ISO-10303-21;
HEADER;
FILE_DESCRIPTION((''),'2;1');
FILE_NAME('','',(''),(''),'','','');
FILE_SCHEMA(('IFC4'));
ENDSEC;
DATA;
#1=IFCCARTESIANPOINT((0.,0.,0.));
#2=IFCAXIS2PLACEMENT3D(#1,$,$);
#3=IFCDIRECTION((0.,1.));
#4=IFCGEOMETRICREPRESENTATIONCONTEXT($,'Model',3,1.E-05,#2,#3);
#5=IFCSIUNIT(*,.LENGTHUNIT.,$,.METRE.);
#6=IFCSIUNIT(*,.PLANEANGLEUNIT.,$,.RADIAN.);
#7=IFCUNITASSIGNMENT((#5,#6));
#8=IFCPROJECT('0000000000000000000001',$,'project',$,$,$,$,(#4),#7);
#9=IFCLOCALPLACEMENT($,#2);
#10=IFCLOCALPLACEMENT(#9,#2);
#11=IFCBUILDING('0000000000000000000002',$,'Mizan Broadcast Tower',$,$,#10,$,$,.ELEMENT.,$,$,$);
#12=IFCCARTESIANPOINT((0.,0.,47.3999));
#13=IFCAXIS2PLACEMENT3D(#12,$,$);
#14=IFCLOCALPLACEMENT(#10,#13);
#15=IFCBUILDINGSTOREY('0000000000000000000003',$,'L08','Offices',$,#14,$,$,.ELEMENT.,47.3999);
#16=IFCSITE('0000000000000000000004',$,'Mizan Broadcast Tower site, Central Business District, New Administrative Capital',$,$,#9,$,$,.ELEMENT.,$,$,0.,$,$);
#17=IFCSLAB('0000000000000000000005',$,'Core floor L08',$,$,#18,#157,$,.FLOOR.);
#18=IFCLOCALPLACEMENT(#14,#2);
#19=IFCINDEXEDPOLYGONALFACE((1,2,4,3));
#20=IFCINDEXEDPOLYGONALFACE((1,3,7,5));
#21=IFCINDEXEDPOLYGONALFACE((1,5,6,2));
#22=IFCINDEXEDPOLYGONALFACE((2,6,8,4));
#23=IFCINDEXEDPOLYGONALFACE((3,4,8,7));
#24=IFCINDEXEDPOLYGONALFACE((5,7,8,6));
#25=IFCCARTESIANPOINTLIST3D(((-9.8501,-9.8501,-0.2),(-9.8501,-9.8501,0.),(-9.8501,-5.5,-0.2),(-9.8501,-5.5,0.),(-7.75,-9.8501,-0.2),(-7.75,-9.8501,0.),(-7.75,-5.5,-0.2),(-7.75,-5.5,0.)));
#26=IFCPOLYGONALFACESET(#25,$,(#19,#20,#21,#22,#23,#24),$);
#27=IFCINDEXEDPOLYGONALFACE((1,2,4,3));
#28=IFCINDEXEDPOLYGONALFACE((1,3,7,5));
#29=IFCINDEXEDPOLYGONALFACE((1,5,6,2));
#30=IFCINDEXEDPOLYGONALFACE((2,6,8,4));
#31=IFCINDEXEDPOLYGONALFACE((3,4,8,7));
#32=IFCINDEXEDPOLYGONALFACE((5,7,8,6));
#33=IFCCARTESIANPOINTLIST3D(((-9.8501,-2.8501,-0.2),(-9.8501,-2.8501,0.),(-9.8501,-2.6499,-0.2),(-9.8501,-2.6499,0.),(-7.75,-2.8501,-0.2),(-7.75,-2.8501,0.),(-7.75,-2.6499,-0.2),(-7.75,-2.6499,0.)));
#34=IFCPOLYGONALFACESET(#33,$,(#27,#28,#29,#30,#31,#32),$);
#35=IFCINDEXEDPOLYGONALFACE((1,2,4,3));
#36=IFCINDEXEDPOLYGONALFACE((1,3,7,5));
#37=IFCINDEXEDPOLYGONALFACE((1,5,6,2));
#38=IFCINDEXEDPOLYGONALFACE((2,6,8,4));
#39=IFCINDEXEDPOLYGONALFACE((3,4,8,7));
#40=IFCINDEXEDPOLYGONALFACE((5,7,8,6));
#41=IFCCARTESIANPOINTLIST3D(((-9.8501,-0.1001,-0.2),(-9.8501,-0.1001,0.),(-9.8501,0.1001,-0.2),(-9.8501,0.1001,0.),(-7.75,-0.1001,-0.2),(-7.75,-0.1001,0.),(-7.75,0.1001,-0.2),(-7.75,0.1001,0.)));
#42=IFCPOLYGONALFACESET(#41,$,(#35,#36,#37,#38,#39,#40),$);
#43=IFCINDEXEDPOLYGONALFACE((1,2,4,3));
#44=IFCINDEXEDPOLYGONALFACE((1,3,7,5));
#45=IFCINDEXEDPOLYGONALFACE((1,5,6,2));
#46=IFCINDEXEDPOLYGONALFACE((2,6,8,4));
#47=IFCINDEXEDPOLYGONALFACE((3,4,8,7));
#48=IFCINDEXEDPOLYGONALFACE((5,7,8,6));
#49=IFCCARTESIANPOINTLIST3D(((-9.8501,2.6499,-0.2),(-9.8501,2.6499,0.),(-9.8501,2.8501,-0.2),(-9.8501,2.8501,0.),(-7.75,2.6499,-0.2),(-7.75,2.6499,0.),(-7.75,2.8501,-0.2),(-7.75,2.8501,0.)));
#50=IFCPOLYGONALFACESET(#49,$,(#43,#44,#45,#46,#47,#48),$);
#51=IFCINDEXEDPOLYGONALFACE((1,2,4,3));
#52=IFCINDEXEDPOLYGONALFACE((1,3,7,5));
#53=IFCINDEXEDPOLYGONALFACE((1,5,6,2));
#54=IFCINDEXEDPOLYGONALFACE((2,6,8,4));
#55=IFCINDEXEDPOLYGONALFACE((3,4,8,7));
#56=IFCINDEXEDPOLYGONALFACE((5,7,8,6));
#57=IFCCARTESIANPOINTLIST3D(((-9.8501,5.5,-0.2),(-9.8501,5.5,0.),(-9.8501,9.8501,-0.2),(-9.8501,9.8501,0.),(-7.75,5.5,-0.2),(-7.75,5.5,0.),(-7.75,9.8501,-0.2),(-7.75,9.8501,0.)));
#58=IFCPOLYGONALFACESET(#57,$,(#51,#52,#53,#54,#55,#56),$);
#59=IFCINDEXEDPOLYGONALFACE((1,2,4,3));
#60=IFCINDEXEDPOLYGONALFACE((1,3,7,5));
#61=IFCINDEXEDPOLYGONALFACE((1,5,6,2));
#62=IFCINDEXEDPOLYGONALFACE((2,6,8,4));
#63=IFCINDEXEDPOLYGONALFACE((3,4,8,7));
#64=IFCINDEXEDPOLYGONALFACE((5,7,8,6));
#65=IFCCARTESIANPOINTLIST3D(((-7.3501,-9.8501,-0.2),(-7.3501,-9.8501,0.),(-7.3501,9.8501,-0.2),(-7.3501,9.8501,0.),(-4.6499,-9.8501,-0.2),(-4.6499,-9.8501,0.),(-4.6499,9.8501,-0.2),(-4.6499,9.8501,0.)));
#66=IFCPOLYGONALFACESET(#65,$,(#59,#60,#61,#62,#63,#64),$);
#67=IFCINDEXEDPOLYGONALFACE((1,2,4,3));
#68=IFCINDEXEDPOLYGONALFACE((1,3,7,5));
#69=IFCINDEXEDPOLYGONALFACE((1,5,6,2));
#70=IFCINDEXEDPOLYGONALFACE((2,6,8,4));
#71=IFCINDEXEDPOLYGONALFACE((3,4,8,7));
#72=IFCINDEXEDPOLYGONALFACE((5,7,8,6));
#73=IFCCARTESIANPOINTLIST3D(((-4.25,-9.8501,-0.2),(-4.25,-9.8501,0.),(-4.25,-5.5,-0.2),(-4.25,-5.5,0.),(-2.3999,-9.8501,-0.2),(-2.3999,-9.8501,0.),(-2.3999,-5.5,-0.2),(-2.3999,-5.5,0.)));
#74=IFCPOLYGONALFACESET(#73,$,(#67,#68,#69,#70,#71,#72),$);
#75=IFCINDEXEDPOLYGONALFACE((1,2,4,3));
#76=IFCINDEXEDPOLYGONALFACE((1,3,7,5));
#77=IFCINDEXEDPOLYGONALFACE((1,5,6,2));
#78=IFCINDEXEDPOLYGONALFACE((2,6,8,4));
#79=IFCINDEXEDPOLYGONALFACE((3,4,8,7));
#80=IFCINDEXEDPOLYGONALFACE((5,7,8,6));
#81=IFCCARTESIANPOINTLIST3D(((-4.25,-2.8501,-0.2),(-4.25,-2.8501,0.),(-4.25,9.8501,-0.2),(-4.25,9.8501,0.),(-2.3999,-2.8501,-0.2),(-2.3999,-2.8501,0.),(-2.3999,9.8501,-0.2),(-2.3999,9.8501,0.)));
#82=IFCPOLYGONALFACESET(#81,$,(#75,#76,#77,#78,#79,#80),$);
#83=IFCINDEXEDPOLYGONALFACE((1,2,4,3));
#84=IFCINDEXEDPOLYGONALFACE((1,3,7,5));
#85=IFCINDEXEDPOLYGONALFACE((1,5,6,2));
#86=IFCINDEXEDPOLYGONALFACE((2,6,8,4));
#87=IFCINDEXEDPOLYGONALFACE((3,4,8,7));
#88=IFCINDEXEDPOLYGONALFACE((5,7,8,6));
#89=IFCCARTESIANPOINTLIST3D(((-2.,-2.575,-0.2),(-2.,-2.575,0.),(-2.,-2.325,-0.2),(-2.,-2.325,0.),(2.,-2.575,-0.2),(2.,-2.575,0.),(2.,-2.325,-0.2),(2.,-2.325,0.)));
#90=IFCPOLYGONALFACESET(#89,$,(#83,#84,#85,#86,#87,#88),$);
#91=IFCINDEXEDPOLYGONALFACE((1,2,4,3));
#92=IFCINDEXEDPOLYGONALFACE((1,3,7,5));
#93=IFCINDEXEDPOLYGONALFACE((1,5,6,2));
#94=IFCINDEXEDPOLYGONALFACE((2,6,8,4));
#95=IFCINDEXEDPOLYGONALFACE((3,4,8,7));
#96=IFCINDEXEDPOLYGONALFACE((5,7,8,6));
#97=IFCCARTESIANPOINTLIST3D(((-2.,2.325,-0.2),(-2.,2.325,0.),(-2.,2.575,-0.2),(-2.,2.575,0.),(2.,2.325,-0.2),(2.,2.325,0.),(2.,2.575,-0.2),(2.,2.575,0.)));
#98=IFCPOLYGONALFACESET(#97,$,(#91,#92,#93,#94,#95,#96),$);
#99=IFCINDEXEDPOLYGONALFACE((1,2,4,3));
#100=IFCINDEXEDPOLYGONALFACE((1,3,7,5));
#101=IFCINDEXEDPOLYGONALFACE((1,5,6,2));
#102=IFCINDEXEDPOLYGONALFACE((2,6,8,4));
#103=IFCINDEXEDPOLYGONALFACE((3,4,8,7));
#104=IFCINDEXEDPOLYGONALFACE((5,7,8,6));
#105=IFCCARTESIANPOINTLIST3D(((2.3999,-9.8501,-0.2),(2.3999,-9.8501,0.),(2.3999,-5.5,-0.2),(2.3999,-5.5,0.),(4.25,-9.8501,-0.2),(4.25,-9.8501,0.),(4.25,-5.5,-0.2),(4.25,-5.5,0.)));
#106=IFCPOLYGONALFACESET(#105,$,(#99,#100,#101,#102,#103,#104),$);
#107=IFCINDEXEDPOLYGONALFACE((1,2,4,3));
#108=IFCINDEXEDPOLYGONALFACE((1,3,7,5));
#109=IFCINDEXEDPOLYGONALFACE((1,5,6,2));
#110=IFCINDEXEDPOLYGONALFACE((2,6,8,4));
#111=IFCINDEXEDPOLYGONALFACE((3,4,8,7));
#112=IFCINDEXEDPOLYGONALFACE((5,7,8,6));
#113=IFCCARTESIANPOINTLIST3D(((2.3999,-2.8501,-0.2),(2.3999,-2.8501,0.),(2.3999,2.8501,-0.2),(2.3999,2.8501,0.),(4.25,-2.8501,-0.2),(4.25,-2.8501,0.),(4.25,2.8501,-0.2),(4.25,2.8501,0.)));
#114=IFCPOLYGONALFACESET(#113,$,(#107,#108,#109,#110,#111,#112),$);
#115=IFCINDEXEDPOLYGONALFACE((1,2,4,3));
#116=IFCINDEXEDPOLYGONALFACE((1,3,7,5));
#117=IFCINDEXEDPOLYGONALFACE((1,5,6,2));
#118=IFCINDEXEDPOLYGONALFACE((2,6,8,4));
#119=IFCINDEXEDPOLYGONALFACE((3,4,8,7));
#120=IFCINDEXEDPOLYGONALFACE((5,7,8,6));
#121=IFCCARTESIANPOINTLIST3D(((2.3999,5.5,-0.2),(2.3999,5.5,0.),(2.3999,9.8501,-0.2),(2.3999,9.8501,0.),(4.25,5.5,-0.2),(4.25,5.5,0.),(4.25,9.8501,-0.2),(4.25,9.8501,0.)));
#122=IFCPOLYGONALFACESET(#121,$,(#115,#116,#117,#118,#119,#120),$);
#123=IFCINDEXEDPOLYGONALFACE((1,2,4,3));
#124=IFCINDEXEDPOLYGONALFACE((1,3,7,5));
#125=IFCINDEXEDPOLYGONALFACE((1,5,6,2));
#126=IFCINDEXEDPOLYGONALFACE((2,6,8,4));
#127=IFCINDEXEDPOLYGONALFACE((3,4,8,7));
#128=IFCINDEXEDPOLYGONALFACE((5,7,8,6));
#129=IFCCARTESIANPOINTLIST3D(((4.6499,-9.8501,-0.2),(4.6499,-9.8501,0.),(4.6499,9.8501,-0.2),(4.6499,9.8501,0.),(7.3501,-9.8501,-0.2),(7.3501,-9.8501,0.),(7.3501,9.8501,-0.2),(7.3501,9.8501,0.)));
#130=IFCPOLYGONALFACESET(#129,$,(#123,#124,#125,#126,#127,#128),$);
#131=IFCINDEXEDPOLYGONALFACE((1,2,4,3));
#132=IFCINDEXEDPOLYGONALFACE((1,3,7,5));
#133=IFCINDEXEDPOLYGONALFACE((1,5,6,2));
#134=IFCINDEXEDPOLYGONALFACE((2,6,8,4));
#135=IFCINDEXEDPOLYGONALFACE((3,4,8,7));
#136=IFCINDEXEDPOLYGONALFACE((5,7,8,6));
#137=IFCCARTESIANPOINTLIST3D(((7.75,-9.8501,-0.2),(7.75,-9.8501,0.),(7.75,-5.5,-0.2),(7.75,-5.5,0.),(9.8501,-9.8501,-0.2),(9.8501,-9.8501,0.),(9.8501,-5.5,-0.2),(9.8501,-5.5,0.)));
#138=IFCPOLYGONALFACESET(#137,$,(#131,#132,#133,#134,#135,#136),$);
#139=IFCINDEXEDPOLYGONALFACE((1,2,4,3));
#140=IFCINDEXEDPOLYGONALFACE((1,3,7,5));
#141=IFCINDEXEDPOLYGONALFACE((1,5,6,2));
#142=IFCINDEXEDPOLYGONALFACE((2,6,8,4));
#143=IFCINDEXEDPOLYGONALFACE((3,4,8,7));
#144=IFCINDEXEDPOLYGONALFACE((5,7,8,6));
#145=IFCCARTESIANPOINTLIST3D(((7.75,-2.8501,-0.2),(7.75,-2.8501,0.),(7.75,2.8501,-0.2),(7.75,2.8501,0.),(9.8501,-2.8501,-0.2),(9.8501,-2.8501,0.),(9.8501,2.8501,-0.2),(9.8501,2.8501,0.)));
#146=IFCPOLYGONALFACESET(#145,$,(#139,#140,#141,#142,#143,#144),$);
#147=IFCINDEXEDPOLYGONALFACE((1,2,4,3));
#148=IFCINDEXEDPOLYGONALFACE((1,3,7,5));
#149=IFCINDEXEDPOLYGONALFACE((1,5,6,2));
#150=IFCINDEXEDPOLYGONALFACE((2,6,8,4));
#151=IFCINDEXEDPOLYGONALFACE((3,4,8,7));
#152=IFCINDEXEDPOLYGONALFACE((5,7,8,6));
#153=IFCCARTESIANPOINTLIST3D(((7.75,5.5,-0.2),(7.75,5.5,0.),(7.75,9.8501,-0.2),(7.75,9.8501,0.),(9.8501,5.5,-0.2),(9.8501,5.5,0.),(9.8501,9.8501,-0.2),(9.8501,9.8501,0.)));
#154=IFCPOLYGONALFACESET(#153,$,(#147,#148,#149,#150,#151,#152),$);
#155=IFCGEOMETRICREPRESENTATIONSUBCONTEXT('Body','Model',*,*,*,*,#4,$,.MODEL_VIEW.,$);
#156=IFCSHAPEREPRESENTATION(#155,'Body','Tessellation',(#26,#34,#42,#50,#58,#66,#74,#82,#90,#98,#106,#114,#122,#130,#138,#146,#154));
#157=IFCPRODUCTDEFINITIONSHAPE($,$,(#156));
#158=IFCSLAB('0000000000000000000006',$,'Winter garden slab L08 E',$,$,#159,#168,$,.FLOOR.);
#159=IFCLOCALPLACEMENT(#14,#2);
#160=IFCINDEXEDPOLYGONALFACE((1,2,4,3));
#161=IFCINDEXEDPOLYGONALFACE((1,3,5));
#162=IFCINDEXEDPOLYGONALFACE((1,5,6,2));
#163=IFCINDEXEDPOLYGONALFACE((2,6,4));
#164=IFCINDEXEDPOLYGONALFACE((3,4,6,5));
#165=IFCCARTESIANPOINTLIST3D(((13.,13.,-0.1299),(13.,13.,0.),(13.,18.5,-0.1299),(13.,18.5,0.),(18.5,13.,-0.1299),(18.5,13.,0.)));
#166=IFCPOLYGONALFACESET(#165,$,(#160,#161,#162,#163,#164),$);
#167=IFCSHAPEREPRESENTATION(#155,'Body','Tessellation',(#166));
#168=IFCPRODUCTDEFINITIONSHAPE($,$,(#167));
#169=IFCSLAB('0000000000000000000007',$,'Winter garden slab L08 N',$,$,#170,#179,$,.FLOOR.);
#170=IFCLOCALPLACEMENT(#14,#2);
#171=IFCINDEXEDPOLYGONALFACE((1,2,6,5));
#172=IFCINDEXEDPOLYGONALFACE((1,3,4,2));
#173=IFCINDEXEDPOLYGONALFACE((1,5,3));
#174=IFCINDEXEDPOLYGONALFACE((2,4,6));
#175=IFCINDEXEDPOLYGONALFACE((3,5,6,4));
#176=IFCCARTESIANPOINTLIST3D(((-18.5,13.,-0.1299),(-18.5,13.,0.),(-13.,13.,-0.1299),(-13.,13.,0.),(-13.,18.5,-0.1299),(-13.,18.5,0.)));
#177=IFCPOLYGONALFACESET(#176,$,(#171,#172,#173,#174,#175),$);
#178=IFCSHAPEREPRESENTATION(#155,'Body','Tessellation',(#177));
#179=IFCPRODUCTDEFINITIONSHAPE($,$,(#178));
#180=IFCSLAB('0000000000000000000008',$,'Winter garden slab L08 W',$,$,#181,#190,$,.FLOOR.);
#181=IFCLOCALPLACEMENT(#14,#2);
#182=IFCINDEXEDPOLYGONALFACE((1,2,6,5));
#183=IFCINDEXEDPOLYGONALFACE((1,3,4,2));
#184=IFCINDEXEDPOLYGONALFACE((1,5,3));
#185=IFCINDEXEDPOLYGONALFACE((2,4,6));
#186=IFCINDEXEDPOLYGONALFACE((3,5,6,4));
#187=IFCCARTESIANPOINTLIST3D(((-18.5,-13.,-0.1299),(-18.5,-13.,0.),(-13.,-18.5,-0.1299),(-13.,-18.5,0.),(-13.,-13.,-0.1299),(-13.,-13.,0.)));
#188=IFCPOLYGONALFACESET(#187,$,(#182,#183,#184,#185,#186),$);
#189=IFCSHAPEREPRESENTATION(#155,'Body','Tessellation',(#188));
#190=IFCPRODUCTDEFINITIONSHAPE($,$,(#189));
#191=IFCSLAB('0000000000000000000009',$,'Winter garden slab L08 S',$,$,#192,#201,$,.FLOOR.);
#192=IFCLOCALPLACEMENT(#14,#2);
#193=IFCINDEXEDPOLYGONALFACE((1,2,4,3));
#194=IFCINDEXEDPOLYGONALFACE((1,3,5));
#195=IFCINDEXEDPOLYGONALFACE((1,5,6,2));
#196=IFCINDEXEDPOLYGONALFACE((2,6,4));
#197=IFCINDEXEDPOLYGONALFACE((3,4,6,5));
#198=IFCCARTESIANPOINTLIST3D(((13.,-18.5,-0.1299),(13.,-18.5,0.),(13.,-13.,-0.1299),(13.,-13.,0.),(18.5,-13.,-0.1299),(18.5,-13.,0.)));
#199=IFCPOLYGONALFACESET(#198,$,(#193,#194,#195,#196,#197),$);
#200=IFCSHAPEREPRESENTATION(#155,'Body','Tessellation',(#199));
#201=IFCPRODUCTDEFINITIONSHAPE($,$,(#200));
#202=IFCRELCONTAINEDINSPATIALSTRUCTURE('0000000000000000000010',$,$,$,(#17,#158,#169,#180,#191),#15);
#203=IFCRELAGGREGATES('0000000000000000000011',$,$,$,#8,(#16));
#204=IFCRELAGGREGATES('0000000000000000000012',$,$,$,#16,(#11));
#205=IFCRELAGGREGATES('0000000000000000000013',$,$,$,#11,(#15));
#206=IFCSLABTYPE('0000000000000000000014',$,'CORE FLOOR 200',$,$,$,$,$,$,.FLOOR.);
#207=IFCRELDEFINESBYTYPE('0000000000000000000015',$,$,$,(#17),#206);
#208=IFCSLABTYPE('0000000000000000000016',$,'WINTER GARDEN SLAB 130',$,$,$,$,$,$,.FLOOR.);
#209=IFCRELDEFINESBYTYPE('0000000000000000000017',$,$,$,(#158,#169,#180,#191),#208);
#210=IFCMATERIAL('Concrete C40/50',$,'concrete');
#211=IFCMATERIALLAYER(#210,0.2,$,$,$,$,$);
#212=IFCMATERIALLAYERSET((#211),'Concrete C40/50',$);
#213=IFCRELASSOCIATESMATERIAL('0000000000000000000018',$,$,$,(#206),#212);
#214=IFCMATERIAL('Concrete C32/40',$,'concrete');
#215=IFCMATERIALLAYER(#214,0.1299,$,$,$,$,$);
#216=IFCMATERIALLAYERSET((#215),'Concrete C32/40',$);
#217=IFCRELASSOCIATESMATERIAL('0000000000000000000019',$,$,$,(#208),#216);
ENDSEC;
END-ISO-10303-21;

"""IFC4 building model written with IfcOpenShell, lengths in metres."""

from ifc_helpers import new_model, si_unit, direction, frame, origin, place, context, subcontext, project, spatial, polyline, outline, extrude, material, layer, layer_set, type_object, element, save


model = new_model("IFC4")

# Units and contexts
model_context = context("Model", 3, precision=1e-05, world=origin(), true_north=direction((0.0, 1.0)))
body_context = subcontext(model_context, "Body", "Model", "MODEL_VIEW")
ifc_project = project(units=[si_unit("LENGTHUNIT", "METRE"), si_unit("PLANEANGLEUNIT", "RADIAN")], contexts=[model_context])

# Site, building, storey
site_placement = place(None, origin())
site = spatial("IfcSite", under=ifc_project, at=site_placement, Name="Mizan Broadcast Tower site, Central Business District, New Administrative Capital", CompositionType="ELEMENT", RefElevation=0.0)
building_placement = place(site_placement, origin())
building = spatial("IfcBuilding", under=site, at=building_placement, Name="Mizan Broadcast Tower", CompositionType="ELEMENT")
storey_placement = place(building_placement, frame((0.0, 0.0, 47.3999)))
storey = spatial("IfcBuildingStorey", under=building, at=storey_placement, Name="L08", Description="Offices", CompositionType="ELEMENT", Elevation=47.3999)

# Slabs
ifc_material_1 = material(Name="Concrete C40/50", Category="concrete")
ifc_layer_1 = layer(ifc_material_1, 0.2)
ifc_layer_set_1 = layer_set([ifc_layer_1], Name="Concrete C40/50")
slab_type_1 = type_object("IfcSlabType", Name="CORE FLOOR 200", PredefinedType="FLOOR", material=ifc_layer_set_1)
slab_1_placement = place(storey_placement, frame((0.0, 0.0, -0.2)))
element("IfcSlab", 1, at=slab_1_placement, inside=storey, type_object=slab_type_1, Name="Core floor L08", PredefinedType="FLOOR", context=body_context, shape_type="SweptSolid", body=[
    extrude(outline(polyline([(-9.8501, -9.8501), (-7.75, -9.8501), (-7.75, -5.5), (-9.8501, -5.5), (-9.8501, -9.8501)])), origin(), (0.0, 0.0, 1.0), 0.2),
    extrude(outline(polyline([(-9.8501, -2.8501), (-7.75, -2.8501), (-7.75, -2.6499), (-9.8501, -2.6499), (-9.8501, -2.8501)])), origin(), (0.0, 0.0, 1.0), 0.2),
    extrude(outline(polyline([(-9.8501, -0.1001), (-7.75, -0.1001), (-7.75, 0.1001), (-9.8501, 0.1001), (-9.8501, -0.1001)])), origin(), (0.0, 0.0, 1.0), 0.2),
    extrude(outline(polyline([(-9.8501, 2.6499), (-7.75, 2.6499), (-7.75, 2.8501), (-9.8501, 2.8501), (-9.8501, 2.6499)])), origin(), (0.0, 0.0, 1.0), 0.2),
    extrude(outline(polyline([(-9.8501, 5.5), (-7.75, 5.5), (-7.75, 9.8501), (-9.8501, 9.8501), (-9.8501, 5.5)])), origin(), (0.0, 0.0, 1.0), 0.2),
    extrude(outline(polyline([(-4.6499, 9.8501), (-7.3501, 9.8501), (-7.3501, -9.8501), (-4.6499, -9.8501), (-4.6499, 9.8501)])), origin(), (0.0, 0.0, 1.0), 0.2),
    extrude(outline(polyline([(-4.25, -5.5), (-4.25, -9.8501), (-2.3999, -9.8501), (-2.3999, -5.5), (-4.25, -5.5)])), origin(), (0.0, 0.0, 1.0), 0.2),
    extrude(outline(polyline([(-4.25, -2.8501), (-2.3999, -2.8501), (-2.3999, 9.8501), (-4.25, 9.8501), (-4.25, -2.8501)])), origin(), (0.0, 0.0, 1.0), 0.2),
    extrude(outline(polyline([(2.0, -2.325), (-2.0, -2.325), (-2.0, -2.575), (2.0, -2.575), (2.0, -2.325)])), origin(), (0.0, 0.0, 1.0), 0.2),
    extrude(outline(polyline([(2.0, 2.575), (-2.0, 2.575), (-2.0, 2.325), (2.0, 2.325), (2.0, 2.575)])), origin(), (0.0, 0.0, 1.0), 0.2),
    extrude(outline(polyline([(4.25, -9.8501), (4.25, -5.5), (2.3999, -5.5), (2.3999, -9.8501), (4.25, -9.8501)])), origin(), (0.0, 0.0, 1.0), 0.2),
    extrude(outline(polyline([(4.25, -2.8501), (4.25, 2.8501), (2.3999, 2.8501), (2.3999, -2.8501), (4.25, -2.8501)])), origin(), (0.0, 0.0, 1.0), 0.2),
    extrude(outline(polyline([(4.25, 5.5), (4.25, 9.8501), (2.3999, 9.8501), (2.3999, 5.5), (4.25, 5.5)])), origin(), (0.0, 0.0, 1.0), 0.2),
    extrude(outline(polyline([(4.6499, 9.8501), (4.6499, -9.8501), (7.3501, -9.8501), (7.3501, 9.8501), (4.6499, 9.8501)])), origin(), (0.0, 0.0, 1.0), 0.2),
    extrude(outline(polyline([(9.8501, -9.8501), (9.8501, -5.5), (7.75, -5.5), (7.75, -9.8501), (9.8501, -9.8501)])), origin(), (0.0, 0.0, 1.0), 0.2),
    extrude(outline(polyline([(7.75, 2.8501), (7.75, -2.8501), (9.8501, -2.8501), (9.8501, 2.8501), (7.75, 2.8501)])), origin(), (0.0, 0.0, 1.0), 0.2),
    extrude(outline(polyline([(9.8501, 5.5), (9.8501, 9.8501), (7.75, 9.8501), (7.75, 5.5), (9.8501, 5.5)])), origin(), (0.0, 0.0, 1.0), 0.2),
])
ifc_material_2 = material(Name="Concrete C32/40", Category="concrete")
ifc_layer_2 = layer(ifc_material_2, 0.1299)
ifc_layer_set_2 = layer_set([ifc_layer_2], Name="Concrete C32/40")
slab_type_2 = type_object("IfcSlabType", Name="WINTER GARDEN SLAB 130", PredefinedType="FLOOR", material=ifc_layer_set_2)
slab_2_placement = place(storey_placement, frame((0.0, 0.0, -0.1299)))
element("IfcSlab", 2, at=slab_2_placement, inside=storey, type_object=slab_type_2, Name="Winter garden slab L08 E", PredefinedType="FLOOR", context=body_context, shape_type="SweptSolid", body=[
    extrude(outline(polyline([(13.0, 13.0), (18.5, 13.0), (13.0, 18.5), (13.0, 13.0)])), origin(), (0.0, 0.0, 1.0), 0.1299),
])
slab_3_placement = place(storey_placement, frame((0.0, 0.0, -0.1299)))
element("IfcSlab", 3, at=slab_3_placement, inside=storey, type_object=slab_type_2, Name="Winter garden slab L08 N", PredefinedType="FLOOR", context=body_context, shape_type="SweptSolid", body=[
    extrude(outline(polyline([(-13.0, 13.0), (-13.0, 18.5), (-18.5, 13.0), (-13.0, 13.0)])), origin(), (0.0, 0.0, 1.0), 0.1299),
])
slab_4_placement = place(storey_placement, frame((0.0, 0.0, -0.1299)))
element("IfcSlab", 4, at=slab_4_placement, inside=storey, type_object=slab_type_2, Name="Winter garden slab L08 W", PredefinedType="FLOOR", context=body_context, shape_type="SweptSolid", body=[
    extrude(outline(polyline([(-13.0, -13.0), (-18.5, -13.0), (-13.0, -18.5), (-13.0, -13.0)])), origin(), (0.0, 0.0, 1.0), 0.1299),
])
slab_5_placement = place(storey_placement, frame((0.0, 0.0, -0.1299)))
element("IfcSlab", 5, at=slab_5_placement, inside=storey, type_object=slab_type_2, Name="Winter garden slab L08 S", PredefinedType="FLOOR", context=body_context, shape_type="SweptSolid", body=[
    extrude(outline(polyline([(13.0, -13.0), (13.0, -18.5), (18.5, -13.0), (13.0, -13.0)])), origin(), (0.0, 0.0, 1.0), 0.1299),
])

save(model, "model.ifc")
